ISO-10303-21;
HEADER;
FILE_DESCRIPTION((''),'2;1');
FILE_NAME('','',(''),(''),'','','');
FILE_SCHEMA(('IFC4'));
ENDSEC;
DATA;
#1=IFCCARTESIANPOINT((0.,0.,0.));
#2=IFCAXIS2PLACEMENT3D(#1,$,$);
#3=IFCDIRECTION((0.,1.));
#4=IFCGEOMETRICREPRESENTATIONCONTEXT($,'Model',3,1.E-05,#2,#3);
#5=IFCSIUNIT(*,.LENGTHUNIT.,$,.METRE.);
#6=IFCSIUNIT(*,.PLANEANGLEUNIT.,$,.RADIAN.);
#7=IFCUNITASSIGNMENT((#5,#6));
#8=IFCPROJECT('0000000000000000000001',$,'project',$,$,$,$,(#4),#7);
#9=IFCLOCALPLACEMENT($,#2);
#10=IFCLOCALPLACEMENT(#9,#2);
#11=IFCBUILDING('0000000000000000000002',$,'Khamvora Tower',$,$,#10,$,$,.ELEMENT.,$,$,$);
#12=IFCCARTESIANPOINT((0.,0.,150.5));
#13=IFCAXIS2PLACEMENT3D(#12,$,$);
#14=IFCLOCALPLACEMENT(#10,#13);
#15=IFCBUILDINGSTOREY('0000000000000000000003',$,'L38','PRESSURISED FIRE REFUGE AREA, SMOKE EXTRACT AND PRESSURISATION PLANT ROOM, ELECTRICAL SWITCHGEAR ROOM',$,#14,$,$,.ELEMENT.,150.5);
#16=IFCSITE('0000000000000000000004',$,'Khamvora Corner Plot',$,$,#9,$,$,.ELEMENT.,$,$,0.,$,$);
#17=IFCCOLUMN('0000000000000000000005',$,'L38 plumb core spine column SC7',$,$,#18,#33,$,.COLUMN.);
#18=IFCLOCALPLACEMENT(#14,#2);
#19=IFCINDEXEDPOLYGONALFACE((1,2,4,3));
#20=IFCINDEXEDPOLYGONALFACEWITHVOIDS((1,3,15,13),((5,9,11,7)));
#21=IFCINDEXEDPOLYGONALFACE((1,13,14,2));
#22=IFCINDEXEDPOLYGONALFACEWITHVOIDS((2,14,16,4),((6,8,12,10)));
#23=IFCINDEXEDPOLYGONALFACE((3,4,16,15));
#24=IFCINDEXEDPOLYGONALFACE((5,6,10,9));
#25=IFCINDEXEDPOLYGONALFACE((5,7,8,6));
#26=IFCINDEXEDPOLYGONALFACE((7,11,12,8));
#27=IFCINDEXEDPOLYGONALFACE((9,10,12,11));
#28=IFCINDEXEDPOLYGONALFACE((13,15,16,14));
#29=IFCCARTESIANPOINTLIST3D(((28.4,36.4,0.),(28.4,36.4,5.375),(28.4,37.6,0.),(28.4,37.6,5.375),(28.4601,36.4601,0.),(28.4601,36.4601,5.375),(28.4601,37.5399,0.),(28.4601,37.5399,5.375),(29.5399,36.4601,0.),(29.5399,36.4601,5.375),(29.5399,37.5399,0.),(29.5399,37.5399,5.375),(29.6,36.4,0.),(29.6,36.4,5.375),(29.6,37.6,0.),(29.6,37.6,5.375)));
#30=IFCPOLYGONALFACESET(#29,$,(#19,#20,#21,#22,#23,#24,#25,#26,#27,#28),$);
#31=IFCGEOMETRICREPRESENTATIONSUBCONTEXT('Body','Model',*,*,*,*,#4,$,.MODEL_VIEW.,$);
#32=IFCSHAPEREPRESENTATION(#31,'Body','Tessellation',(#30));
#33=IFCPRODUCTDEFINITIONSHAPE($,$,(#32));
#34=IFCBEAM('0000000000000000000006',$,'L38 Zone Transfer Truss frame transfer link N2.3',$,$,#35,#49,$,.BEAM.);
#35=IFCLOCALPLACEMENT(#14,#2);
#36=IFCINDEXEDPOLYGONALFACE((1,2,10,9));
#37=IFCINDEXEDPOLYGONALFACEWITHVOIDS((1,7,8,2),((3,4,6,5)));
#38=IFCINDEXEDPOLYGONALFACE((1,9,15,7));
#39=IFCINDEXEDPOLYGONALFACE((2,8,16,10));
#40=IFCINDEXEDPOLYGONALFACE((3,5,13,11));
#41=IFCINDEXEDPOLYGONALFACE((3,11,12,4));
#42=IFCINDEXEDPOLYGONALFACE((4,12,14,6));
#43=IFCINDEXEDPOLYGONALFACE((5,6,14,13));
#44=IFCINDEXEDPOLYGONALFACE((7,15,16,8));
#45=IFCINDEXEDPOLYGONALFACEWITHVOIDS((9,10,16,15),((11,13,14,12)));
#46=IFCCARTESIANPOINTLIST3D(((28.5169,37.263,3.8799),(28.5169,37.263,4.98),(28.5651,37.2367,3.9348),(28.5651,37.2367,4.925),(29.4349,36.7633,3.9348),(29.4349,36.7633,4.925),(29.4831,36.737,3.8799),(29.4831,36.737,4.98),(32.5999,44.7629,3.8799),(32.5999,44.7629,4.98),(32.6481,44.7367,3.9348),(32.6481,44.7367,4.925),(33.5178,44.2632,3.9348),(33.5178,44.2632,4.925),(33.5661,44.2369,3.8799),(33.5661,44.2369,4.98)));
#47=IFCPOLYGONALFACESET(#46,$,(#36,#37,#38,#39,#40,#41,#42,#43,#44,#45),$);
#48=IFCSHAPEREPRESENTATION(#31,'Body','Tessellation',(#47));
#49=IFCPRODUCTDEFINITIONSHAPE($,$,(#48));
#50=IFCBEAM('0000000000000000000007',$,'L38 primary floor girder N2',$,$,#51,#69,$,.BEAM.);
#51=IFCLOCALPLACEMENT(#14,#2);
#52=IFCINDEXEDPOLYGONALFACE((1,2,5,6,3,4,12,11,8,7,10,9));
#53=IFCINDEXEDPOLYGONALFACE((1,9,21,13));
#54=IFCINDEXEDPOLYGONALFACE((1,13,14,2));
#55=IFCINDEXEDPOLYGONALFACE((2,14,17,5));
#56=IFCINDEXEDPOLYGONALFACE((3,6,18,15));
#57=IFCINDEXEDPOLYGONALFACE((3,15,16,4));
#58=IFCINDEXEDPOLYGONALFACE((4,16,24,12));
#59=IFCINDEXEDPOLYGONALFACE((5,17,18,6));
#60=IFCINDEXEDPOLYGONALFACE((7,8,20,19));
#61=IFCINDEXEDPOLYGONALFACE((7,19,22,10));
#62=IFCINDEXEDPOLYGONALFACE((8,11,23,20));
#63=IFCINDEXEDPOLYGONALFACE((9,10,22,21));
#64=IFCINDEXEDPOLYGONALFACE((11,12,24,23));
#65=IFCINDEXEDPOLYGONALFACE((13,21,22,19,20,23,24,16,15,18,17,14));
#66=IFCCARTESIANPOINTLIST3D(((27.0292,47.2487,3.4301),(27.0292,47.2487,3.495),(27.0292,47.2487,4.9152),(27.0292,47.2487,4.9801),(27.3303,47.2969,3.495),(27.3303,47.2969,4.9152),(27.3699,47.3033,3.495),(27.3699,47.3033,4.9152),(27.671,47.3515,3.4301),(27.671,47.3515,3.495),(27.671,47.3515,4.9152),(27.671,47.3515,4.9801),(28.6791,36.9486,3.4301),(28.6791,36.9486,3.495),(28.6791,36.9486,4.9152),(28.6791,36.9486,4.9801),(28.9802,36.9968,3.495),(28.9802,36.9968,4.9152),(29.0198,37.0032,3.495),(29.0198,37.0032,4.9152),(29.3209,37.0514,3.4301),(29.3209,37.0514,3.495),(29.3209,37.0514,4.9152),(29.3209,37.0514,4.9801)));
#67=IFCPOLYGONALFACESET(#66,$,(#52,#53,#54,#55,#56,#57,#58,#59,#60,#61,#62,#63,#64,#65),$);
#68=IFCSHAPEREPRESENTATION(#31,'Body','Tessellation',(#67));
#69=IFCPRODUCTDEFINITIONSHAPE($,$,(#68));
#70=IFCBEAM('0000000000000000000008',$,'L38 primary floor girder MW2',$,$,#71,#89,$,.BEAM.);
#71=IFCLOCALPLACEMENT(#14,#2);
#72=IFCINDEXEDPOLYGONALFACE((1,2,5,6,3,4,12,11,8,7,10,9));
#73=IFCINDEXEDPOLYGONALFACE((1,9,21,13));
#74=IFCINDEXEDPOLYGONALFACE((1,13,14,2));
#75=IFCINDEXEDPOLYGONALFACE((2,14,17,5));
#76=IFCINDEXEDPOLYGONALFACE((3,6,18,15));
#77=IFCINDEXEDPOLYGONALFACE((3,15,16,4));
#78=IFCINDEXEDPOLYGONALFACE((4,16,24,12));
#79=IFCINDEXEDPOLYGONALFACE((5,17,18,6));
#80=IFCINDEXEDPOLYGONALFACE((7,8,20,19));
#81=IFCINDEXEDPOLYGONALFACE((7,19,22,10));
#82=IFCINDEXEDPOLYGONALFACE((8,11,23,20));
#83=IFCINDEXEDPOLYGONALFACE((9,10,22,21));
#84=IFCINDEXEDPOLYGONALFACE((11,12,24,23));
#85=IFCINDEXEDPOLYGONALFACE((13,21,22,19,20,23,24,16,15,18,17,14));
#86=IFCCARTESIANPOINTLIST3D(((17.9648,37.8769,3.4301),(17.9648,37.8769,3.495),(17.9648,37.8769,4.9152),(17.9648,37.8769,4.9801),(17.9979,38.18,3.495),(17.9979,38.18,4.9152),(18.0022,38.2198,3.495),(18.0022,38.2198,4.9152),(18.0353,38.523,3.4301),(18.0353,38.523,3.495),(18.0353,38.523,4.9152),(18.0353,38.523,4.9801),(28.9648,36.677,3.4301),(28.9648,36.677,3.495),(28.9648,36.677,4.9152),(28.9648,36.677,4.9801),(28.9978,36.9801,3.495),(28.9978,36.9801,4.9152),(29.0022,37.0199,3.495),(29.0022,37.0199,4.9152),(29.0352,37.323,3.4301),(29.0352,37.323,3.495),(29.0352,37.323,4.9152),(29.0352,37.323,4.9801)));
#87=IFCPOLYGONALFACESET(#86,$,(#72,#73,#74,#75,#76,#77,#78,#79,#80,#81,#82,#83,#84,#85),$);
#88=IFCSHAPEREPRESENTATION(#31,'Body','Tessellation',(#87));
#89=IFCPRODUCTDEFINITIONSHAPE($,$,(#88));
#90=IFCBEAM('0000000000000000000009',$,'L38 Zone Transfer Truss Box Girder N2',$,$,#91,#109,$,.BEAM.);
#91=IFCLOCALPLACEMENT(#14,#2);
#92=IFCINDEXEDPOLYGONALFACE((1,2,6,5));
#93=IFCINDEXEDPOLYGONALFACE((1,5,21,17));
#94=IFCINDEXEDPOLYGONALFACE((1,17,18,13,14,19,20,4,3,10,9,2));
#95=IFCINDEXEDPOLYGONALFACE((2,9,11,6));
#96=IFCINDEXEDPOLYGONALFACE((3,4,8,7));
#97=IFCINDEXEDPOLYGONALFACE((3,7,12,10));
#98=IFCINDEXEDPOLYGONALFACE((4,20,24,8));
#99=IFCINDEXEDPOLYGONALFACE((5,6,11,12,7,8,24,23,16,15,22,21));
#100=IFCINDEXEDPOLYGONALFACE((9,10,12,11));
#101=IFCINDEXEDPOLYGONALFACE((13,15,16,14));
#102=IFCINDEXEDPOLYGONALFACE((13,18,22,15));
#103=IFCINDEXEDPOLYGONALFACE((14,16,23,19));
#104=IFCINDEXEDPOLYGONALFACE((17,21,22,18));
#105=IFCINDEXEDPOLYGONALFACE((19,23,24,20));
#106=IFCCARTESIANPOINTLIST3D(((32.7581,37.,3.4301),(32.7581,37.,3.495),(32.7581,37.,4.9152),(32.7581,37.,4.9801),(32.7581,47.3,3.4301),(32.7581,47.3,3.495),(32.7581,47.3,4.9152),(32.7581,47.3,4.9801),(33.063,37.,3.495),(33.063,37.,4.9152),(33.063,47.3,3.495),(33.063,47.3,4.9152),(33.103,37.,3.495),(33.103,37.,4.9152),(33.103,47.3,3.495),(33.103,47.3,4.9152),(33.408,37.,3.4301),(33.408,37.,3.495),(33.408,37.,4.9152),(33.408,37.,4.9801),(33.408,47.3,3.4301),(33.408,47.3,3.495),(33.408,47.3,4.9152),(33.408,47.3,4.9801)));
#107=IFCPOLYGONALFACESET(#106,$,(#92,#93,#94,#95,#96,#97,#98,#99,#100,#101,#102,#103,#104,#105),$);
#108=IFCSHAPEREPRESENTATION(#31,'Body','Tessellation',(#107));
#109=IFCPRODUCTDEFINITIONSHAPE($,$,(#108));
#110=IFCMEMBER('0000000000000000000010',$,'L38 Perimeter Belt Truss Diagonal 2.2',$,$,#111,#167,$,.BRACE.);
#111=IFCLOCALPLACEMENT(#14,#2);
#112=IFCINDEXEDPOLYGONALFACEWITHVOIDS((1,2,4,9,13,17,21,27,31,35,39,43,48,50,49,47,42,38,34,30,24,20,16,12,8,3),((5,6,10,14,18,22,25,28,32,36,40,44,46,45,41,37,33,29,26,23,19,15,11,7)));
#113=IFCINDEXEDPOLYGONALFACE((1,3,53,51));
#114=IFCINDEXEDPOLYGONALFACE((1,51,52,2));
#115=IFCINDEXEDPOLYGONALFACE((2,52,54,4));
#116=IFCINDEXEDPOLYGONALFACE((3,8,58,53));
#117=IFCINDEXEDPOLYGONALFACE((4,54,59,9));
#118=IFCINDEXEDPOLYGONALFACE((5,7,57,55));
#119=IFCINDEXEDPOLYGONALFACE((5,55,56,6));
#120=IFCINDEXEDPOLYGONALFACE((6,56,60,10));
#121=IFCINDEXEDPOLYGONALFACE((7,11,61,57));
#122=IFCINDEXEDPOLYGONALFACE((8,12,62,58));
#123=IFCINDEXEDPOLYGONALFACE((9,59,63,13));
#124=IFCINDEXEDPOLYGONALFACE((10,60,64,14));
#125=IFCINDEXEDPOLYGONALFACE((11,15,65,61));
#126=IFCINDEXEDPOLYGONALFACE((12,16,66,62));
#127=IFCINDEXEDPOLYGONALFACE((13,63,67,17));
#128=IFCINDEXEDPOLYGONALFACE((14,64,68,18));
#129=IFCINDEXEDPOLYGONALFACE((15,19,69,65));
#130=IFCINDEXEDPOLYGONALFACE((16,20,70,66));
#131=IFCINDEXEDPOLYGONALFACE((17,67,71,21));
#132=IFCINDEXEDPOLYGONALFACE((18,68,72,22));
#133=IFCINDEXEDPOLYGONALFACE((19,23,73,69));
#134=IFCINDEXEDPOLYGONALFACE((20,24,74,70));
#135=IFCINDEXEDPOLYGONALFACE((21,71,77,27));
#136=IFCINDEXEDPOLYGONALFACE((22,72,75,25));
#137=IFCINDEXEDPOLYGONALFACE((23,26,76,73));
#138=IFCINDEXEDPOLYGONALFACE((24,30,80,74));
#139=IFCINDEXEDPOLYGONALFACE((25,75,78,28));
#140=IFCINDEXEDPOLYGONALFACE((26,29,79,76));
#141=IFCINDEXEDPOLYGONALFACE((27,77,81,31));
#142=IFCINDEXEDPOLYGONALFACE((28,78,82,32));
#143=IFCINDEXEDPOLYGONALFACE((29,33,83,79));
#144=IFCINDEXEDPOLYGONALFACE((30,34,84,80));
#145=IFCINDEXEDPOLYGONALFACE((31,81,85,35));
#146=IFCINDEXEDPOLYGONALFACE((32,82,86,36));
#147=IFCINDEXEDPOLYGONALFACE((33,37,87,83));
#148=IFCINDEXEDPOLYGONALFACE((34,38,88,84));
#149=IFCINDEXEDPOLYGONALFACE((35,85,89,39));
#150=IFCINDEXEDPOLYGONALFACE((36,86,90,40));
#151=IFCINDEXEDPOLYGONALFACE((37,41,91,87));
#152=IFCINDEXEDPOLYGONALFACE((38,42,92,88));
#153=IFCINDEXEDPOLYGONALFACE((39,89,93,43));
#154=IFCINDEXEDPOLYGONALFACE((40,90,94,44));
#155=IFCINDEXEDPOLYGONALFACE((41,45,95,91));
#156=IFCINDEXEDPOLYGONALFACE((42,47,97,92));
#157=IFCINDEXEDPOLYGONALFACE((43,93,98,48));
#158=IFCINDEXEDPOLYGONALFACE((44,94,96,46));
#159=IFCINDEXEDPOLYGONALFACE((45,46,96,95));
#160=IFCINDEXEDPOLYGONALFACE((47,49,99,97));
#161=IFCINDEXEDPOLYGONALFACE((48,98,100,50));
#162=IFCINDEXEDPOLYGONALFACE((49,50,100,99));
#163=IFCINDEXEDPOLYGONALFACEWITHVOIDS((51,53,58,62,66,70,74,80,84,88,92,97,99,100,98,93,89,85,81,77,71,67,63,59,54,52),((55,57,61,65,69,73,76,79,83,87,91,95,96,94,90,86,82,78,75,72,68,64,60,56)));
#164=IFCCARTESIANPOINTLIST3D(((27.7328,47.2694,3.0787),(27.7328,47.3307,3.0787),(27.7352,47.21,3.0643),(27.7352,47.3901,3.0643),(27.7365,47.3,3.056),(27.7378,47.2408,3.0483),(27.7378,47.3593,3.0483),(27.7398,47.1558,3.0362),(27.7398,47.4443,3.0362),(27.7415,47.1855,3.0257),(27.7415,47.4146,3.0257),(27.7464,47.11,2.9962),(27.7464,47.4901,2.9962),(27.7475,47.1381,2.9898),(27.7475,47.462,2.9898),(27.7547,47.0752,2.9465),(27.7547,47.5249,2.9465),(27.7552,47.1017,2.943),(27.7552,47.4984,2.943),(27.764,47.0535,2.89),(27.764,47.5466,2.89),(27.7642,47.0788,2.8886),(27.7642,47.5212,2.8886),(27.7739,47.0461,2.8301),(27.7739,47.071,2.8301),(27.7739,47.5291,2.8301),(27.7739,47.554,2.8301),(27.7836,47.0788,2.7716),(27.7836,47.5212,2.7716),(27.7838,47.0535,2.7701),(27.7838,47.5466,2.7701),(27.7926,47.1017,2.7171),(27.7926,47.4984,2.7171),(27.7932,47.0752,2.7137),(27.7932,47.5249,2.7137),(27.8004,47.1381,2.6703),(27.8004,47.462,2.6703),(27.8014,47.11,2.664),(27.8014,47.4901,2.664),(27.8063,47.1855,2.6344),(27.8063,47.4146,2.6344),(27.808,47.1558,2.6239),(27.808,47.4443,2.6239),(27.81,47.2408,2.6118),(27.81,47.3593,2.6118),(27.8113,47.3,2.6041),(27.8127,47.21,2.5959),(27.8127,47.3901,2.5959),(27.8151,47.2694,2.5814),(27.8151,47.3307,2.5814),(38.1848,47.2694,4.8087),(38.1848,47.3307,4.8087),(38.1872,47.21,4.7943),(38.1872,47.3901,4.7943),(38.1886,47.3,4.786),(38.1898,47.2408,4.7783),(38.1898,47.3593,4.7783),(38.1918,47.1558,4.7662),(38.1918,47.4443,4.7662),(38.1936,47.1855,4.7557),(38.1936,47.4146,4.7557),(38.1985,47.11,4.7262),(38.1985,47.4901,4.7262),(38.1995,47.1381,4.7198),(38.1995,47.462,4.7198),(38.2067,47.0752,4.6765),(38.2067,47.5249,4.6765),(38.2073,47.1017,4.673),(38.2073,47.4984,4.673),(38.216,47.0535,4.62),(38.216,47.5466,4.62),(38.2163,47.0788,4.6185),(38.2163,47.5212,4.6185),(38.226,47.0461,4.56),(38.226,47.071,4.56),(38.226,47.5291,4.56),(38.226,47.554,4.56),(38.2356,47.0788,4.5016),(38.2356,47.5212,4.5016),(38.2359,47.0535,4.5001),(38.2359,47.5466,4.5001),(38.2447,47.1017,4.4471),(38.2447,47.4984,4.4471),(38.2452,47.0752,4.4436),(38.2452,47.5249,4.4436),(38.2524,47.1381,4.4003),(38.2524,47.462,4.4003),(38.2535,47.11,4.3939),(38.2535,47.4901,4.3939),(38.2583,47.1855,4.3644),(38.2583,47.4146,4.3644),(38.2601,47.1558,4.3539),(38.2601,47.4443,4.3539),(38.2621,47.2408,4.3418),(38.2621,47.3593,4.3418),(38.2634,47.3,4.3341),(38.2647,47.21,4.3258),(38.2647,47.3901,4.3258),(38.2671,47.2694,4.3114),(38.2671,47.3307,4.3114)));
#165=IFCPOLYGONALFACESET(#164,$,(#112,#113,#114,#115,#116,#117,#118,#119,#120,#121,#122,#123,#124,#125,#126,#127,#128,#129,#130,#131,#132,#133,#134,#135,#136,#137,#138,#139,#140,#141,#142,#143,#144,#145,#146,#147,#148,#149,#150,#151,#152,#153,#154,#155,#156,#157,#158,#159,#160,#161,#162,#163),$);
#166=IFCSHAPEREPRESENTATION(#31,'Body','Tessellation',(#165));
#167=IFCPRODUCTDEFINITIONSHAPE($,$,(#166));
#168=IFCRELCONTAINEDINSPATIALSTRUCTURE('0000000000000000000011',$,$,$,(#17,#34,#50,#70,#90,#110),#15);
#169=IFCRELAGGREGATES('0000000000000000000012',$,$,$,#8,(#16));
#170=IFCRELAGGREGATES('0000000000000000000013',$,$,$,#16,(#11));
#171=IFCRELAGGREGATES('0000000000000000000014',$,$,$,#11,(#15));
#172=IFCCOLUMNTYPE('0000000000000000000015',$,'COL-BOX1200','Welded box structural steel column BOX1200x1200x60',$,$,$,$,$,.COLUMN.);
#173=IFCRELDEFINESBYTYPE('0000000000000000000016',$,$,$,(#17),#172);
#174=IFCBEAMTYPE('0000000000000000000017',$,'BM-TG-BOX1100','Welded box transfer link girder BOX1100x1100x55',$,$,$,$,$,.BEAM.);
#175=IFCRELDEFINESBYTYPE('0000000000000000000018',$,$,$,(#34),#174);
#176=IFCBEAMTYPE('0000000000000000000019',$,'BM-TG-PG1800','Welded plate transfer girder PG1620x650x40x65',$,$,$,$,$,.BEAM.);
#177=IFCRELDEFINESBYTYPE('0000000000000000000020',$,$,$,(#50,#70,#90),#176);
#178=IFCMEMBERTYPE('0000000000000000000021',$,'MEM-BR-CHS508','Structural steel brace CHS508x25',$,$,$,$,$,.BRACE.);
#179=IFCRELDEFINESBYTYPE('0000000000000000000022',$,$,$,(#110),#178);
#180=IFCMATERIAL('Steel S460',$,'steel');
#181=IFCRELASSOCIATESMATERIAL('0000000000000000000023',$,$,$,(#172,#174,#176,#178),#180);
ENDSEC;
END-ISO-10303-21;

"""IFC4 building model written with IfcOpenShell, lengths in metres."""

from ifc_helpers import new_model, si_unit, direction, frame, origin, origin_2d, place, context, subcontext, project, spatial, hollow_rectangle, hollow_circle, i_section, extrude, material, material_profile, profile_set, type_object, element, save


model = new_model("IFC4")

# Units and contexts
model_context = context("Model", 3, precision=1e-05, world=origin(), true_north=direction((0.0, 1.0)))
body_context = subcontext(model_context, "Body", "Model", "MODEL_VIEW")
ifc_project = project(units=[si_unit("LENGTHUNIT", "METRE"), si_unit("PLANEANGLEUNIT", "RADIAN")], contexts=[model_context])

# Site, building, storey
site_placement = place(None, origin())
site = spatial("IfcSite", under=ifc_project, at=site_placement, Name="Khamvora Corner Plot", CompositionType="ELEMENT", RefElevation=0.0)
building_placement = place(site_placement, origin())
building = spatial("IfcBuilding", under=site, at=building_placement, Name="Khamvora Tower", CompositionType="ELEMENT")
storey_placement = place(building_placement, frame((0.0, 0.0, 150.5)))
storey = spatial("IfcBuildingStorey", under=building, at=storey_placement, Name="L38", Description="PRESSURISED FIRE REFUGE AREA, SMOKE EXTRACT AND PRESSURISATION PLANT ROOM, ELECTRICAL SWITCHGEAR ROOM", CompositionType="ELEMENT", Elevation=150.5)

# Column
ifc_material_1 = material(Name="Steel S460", Category="steel")
ifc_material_profile_1 = material_profile(ifc_material_1, hollow_rectangle(XDim=1.2, YDim=1.2, WallThickness=0.0601, at=origin_2d()), Name="BOX1200x1200x60")
ifc_profile_set_1 = profile_set([ifc_material_profile_1], Name="Steel S460")
column_type = type_object("IfcColumnType", Name="COL-BOX1200", Description="Welded box structural steel column BOX1200x1200x60", PredefinedType="COLUMN", material=ifc_profile_set_1)
column_placement = place(storey_placement, frame((29.0, 37.0, 0.0), z_axis=(0.0, 0.0, 1.0), x_axis=(1.0, 0.0, 0.0)))
element("IfcColumn", 1, at=column_placement, inside=storey, type_object=column_type, Name="L38 plumb core spine column SC7", PredefinedType="COLUMN", context=body_context, shape_type="SweptSolid", body=[
    extrude(hollow_rectangle(XDim=1.2, YDim=1.2, WallThickness=0.0601, at=origin_2d()), origin(), (0.0, 0.0, 1.0), 5.375),
])

# Beams
ifc_material_profile_2 = material_profile(ifc_material_1, hollow_rectangle(XDim=1.1001, YDim=1.1001, WallThickness=0.0549, at=origin_2d()), Name="BOX1100x1100x55")
ifc_profile_set_2 = profile_set([ifc_material_profile_2], Name="Steel S460")
beam_type_1 = type_object("IfcBeamType", Name="BM-TG-BOX1100", Description="Welded box transfer link girder BOX1100x1100x55", PredefinedType="BEAM", material=ifc_profile_set_2)
beam_1_placement = place(storey_placement, frame((29.0, 37.0, 4.4299), z_axis=(0.478139, 0.878284, 0.0), x_axis=(-0.878284, 0.478139, 0.0)))
element("IfcBeam", 2, at=beam_1_placement, inside=storey, type_object=beam_type_1, Name="L38 Zone Transfer Truss frame transfer link N2.3", PredefinedType="BEAM", context=body_context, shape_type="SweptSolid", body=[
    extrude(hollow_rectangle(XDim=1.1001, YDim=1.1001, WallThickness=0.0549, at=origin_2d()), origin(), (0.0, 0.0, 1.0), 8.5393),
])
ifc_material_profile_3 = material_profile(ifc_material_1, i_section(OverallWidth=0.6499, OverallDepth=1.55, WebThickness=0.04, FlangeThickness=0.0649, at=origin_2d()), Name="PG1550x650x40x65")
ifc_profile_set_3 = profile_set([ifc_material_profile_3], Name="Steel S460")
beam_type_2 = type_object("IfcBeamType", Name="BM-TG-PG1800", Description="Welded plate transfer girder PG1620x650x40x65", PredefinedType="BEAM", material=ifc_profile_set_3)
beam_2_placement = place(storey_placement, frame((29.0, 37.0, 4.2051), z_axis=(-0.158168, 0.987412, 0.0), x_axis=(-0.987412, -0.158168, 0.0)))
element("IfcBeam", 3, at=beam_2_placement, inside=storey, type_object=beam_type_2, Name="L38 primary floor girder N2", PredefinedType="BEAM", context=body_context, shape_type="SweptSolid", body=[
    extrude(i_section(OverallWidth=0.6499, OverallDepth=1.55, WebThickness=0.04, FlangeThickness=0.0649, at=origin_2d()), origin(), (0.0, 0.0, 1.0), 10.4314),
])
beam_3_placement = place(storey_placement, frame((29.0, 37.0, 4.2051), z_axis=(-0.994103, 0.108443, 0.0), x_axis=(-0.108443, -0.994103, 0.0)))
element("IfcBeam", 4, at=beam_3_placement, inside=storey, type_object=beam_type_2, Name="L38 primary floor girder MW2", PredefinedType="BEAM", context=body_context, shape_type="SweptSolid", body=[
    extrude(i_section(OverallWidth=0.6499, OverallDepth=1.55, WebThickness=0.04, FlangeThickness=0.0649, at=origin_2d()), origin(), (0.0, 0.0, 1.0), 11.0652),
])
beam_4_placement = place(storey_placement, frame((33.083, 37.0, 4.2051), z_axis=(0.0, 1.0, 0.0), x_axis=(-1.0, 0.0, 0.0)))
element("IfcBeam", 5, at=beam_4_placement, inside=storey, type_object=beam_type_2, Name="L38 Zone Transfer Truss Box Girder N2", PredefinedType="BEAM", context=body_context, shape_type="SweptSolid", body=[
    extrude(i_section(OverallWidth=0.6499, OverallDepth=1.55, WebThickness=0.04, FlangeThickness=0.0649, at=origin_2d()), origin(), (0.0, 0.0, 1.0), 10.3),
])

# Member
ifc_material_profile_4 = material_profile(ifc_material_1, hollow_circle(Radius=0.2539, WallThickness=0.0249, at=origin_2d()), Name="CHS508x25")
ifc_profile_set_4 = profile_set([ifc_material_profile_4], Name="Steel S460")
member_type_1 = type_object("IfcMemberType", Name="MEM-BR-CHS508", Description="Structural steel brace CHS508x25", PredefinedType="BRACE", material=ifc_profile_set_4)
member_1_placement = place(storey_placement, frame((27.7739, 47.3, 2.8301), z_axis=(0.986578, 0.0, 0.163293), x_axis=(0.0, 1.0, 0.0)))
element("IfcMember", 6, at=member_1_placement, inside=storey, type_object=member_type_1, Name="L38 Perimeter Belt Truss Diagonal 2.2", PredefinedType="BRACE", context=body_context, shape_type="SweptSolid", body=[
    extrude(hollow_circle(Radius=0.2539, WallThickness=0.0249, at=origin_2d()), origin(), (0.0, 0.0, 1.0), 10.5942),
])

save(model, "model.ifc")
